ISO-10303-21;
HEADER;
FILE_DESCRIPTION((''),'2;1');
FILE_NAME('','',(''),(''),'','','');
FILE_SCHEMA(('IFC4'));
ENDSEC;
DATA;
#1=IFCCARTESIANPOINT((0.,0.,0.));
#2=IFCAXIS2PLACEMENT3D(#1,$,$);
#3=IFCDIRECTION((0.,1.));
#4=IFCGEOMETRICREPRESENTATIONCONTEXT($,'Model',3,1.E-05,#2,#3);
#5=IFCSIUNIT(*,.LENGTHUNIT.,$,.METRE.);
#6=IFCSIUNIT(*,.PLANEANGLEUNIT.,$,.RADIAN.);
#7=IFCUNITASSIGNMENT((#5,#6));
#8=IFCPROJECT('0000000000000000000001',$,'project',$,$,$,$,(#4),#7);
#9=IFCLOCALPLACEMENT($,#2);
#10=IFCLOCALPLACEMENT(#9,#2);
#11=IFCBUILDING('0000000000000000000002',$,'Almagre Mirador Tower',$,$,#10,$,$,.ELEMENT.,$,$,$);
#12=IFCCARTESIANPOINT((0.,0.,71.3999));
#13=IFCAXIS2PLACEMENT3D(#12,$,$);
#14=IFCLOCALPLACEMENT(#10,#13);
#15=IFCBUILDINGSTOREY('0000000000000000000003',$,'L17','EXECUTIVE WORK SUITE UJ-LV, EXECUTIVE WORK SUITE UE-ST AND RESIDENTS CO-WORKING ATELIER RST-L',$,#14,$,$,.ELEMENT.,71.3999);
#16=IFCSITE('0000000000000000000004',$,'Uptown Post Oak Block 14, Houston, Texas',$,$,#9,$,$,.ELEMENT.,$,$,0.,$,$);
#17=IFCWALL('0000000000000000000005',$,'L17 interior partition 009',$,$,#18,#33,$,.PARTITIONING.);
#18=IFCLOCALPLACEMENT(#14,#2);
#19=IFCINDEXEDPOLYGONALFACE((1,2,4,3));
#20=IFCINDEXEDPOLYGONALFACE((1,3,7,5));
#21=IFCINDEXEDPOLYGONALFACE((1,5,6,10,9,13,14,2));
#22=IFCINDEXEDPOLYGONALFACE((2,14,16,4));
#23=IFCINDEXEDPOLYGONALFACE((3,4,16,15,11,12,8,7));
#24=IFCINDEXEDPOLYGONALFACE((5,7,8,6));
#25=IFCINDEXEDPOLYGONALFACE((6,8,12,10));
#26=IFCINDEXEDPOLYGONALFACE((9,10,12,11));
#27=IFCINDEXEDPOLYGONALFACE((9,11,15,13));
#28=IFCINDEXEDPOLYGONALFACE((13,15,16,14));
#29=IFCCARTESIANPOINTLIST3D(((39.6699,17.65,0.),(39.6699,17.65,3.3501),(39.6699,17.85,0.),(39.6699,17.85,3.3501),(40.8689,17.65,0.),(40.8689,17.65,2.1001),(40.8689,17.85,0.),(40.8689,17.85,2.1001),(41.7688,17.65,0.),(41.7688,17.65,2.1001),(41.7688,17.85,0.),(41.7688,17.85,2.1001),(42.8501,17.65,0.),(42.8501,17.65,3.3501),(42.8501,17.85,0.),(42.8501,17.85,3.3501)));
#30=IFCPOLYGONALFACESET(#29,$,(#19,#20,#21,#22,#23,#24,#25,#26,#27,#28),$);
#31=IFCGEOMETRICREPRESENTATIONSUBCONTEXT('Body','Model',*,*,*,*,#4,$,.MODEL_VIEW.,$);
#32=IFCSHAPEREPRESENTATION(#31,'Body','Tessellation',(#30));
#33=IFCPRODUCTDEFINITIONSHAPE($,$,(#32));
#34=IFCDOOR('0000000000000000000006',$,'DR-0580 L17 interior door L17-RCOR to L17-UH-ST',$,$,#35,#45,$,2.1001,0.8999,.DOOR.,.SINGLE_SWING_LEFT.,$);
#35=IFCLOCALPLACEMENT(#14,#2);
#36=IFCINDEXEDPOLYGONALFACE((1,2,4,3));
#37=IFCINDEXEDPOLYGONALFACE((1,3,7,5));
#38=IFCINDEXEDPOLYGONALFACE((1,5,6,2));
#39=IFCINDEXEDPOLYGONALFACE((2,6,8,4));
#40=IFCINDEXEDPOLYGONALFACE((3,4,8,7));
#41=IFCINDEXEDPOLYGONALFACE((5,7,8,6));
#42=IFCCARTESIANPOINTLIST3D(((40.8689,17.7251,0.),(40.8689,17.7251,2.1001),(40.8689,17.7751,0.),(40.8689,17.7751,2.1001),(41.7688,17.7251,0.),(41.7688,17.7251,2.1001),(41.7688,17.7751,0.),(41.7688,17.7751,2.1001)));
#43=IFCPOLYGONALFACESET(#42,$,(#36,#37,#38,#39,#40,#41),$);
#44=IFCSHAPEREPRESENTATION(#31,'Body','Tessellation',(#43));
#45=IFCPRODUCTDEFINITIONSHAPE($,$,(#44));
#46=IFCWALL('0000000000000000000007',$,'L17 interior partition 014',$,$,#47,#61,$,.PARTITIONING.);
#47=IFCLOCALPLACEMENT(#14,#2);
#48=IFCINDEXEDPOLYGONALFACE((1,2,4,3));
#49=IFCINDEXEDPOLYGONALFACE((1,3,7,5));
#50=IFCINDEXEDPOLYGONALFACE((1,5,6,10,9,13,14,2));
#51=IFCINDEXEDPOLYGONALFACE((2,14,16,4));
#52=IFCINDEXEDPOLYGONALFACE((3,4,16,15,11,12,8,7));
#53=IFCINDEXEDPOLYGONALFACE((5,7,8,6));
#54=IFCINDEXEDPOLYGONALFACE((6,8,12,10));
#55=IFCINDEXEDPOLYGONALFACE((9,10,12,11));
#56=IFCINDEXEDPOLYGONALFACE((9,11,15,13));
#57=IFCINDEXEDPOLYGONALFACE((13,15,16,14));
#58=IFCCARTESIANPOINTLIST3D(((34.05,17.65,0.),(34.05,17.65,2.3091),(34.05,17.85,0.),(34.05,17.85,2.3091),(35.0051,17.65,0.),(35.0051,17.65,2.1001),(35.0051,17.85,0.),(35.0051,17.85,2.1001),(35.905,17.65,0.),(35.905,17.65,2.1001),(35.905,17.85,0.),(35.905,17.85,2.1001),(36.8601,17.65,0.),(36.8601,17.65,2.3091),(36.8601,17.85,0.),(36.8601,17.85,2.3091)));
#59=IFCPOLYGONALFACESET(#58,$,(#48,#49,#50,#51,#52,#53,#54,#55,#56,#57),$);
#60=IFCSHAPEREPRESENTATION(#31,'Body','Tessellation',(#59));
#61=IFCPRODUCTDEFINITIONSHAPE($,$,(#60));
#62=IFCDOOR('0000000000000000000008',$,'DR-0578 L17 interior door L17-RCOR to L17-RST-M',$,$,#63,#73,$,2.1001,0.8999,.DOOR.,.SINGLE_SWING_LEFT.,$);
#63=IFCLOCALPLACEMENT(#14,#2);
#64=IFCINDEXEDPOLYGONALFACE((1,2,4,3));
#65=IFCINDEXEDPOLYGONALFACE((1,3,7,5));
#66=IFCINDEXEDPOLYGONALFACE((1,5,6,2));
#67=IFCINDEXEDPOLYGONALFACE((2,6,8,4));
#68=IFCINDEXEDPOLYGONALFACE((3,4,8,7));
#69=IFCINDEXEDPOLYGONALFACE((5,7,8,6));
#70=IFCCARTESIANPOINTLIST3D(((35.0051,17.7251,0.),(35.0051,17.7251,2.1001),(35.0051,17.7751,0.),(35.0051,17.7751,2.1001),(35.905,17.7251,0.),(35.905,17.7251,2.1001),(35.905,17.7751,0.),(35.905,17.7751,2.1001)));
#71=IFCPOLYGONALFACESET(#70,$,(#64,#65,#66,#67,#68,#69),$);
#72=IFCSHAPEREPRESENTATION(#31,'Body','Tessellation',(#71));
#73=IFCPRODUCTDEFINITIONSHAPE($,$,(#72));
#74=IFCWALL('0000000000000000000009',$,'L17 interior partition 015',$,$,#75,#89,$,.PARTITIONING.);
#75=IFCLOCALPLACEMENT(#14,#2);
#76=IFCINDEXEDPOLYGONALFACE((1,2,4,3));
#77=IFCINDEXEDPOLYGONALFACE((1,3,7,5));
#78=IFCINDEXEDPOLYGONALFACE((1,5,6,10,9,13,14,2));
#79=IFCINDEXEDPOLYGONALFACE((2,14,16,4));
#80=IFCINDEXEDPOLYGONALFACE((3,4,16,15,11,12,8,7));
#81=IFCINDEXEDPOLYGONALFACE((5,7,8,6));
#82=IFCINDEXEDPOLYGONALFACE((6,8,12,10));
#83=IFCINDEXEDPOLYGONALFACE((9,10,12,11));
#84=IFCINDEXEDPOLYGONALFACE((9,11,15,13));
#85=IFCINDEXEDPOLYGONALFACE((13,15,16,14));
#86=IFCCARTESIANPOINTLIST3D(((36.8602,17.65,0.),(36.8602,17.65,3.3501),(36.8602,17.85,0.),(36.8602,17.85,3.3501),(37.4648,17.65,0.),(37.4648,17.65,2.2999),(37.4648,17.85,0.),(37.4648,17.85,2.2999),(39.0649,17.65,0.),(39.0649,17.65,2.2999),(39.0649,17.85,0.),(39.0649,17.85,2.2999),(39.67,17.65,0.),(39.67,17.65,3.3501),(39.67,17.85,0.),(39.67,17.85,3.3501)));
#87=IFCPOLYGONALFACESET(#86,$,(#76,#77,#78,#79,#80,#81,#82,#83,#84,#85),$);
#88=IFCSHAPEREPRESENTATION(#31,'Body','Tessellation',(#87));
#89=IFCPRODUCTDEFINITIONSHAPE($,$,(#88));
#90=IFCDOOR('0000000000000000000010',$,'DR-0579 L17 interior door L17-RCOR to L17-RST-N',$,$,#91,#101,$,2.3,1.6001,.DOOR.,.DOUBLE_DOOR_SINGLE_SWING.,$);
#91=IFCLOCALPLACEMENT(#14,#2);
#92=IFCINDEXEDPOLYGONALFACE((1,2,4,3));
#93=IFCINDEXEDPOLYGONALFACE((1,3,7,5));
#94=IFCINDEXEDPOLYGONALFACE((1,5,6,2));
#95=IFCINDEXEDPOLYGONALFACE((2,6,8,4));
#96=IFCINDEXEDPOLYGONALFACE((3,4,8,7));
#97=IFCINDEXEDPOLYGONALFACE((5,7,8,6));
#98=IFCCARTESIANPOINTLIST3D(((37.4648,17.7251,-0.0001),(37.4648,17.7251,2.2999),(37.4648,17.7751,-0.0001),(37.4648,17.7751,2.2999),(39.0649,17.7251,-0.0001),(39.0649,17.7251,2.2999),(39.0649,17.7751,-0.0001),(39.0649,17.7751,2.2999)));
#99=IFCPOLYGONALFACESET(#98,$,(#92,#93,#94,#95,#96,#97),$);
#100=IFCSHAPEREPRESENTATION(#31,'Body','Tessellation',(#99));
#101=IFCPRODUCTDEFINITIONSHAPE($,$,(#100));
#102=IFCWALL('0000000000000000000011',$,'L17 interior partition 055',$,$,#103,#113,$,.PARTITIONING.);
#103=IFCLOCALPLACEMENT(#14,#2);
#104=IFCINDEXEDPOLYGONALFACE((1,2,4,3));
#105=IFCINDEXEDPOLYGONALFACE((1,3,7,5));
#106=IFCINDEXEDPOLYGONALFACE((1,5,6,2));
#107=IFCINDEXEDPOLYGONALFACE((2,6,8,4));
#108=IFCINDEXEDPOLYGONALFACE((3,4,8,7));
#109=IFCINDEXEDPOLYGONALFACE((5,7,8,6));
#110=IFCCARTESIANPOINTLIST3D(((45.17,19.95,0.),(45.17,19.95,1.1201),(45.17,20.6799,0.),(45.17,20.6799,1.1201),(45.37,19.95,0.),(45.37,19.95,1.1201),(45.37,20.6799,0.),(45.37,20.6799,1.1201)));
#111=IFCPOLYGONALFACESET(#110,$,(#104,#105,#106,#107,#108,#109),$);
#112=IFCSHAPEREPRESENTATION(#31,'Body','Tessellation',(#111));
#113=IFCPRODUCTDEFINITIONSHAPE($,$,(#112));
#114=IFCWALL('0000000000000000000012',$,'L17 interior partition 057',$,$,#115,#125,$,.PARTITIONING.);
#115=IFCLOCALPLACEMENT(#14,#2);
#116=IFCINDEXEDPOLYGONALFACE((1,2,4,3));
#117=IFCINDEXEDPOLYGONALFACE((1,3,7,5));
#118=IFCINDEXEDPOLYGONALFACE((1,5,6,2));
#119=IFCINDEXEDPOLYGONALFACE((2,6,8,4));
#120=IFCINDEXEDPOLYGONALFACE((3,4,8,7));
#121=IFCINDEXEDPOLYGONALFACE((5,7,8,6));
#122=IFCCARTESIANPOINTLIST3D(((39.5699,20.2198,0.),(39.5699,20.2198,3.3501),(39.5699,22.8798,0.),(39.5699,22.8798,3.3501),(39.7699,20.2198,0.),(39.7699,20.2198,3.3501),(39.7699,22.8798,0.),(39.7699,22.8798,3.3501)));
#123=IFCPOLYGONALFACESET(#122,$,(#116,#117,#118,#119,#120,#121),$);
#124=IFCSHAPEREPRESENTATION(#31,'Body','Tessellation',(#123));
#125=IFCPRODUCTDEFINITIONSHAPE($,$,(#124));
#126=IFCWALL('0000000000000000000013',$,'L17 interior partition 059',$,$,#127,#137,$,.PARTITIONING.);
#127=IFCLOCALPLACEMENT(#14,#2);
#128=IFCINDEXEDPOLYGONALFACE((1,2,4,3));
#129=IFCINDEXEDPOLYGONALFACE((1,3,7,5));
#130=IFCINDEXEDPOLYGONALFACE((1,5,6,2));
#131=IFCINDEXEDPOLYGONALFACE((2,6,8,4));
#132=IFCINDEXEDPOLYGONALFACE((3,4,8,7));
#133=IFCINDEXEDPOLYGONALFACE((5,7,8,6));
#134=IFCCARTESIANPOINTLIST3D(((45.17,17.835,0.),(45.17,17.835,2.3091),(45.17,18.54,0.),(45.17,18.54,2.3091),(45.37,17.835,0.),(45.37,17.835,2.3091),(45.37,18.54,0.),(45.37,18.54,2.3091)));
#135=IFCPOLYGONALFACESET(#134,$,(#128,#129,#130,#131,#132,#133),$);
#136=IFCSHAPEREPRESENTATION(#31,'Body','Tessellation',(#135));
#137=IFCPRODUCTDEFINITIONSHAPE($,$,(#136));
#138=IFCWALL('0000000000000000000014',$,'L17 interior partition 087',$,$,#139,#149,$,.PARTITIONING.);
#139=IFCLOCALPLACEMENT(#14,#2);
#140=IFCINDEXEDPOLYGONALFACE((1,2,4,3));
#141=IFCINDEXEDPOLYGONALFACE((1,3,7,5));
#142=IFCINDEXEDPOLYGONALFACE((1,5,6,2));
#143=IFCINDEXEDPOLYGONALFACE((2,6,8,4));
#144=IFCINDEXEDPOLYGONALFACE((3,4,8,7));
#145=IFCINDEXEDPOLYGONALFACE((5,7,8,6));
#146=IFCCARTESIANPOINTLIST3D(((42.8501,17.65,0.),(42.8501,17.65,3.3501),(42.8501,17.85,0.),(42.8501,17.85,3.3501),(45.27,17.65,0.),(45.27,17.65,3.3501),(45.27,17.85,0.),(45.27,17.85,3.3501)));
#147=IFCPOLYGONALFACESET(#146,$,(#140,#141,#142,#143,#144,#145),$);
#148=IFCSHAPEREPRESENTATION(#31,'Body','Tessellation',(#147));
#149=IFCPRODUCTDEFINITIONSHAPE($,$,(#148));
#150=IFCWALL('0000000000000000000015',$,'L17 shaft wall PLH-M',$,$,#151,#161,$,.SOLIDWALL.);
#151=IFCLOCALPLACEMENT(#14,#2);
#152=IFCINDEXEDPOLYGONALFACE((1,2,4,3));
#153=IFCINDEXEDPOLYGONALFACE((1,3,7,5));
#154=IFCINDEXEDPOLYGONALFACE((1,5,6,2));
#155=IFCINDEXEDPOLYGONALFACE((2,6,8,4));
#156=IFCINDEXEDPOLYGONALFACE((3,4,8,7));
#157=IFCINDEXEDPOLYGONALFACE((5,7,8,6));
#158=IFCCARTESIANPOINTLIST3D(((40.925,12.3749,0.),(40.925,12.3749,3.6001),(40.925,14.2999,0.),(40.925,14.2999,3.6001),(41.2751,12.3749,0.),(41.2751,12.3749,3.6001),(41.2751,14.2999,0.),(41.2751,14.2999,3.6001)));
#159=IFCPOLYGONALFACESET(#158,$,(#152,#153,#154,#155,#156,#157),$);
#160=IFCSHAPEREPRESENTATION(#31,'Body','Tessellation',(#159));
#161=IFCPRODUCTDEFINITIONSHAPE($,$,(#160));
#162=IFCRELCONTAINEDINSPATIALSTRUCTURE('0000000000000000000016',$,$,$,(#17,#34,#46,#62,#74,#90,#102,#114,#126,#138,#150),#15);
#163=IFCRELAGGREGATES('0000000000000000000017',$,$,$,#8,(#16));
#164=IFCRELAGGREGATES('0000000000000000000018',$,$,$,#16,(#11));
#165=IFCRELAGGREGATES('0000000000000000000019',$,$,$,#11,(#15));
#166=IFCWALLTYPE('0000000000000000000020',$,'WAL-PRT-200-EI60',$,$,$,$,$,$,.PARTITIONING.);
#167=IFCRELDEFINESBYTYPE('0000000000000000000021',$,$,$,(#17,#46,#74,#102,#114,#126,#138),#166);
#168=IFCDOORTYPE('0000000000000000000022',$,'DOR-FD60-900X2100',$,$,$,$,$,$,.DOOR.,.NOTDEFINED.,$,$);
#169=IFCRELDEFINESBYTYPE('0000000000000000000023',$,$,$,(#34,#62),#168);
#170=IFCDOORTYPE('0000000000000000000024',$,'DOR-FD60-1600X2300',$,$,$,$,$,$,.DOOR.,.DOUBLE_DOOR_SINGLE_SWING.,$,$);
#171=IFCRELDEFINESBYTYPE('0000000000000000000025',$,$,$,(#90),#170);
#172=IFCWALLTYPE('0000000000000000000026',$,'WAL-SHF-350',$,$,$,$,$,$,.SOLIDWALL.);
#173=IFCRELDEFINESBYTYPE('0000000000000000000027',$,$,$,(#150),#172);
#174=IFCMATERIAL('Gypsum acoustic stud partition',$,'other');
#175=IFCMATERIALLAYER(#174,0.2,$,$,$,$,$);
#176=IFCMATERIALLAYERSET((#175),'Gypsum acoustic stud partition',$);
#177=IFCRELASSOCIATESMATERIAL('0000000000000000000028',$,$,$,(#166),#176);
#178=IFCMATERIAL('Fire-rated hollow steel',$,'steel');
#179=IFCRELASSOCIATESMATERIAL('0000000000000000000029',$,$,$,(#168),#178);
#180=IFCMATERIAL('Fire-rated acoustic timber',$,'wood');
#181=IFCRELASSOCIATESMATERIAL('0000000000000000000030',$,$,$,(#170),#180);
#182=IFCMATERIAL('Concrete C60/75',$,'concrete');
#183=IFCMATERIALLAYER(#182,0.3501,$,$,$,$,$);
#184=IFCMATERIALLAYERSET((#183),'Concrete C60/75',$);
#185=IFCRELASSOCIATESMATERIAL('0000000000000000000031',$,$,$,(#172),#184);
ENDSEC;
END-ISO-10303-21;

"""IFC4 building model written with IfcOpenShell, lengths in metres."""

from ifc_helpers import new_model, si_unit, direction, frame, frame_2d, origin, place, context, subcontext, project, spatial, rectangle, extrude, material, layer, layer_set, type_object, element, fill, save


model = new_model("IFC4")

# Units and contexts
model_context = context("Model", 3, precision=1e-05, world=origin(), true_north=direction((0.0, 1.0)))
body_context = subcontext(model_context, "Body", "Model", "MODEL_VIEW")
ifc_project = project(units=[si_unit("LENGTHUNIT", "METRE"), si_unit("PLANEANGLEUNIT", "RADIAN")], contexts=[model_context])

# Site, building, storey
site_placement = place(None, origin())
site = spatial("IfcSite", under=ifc_project, at=site_placement, Name="Uptown Post Oak Block 14, Houston, Texas", CompositionType="ELEMENT", RefElevation=0.0)
building_placement = place(site_placement, origin())
building = spatial("IfcBuilding", under=site, at=building_placement, Name="Almagre Mirador Tower", CompositionType="ELEMENT")
storey_placement = place(building_placement, frame((0.0, 0.0, 71.3999)))
storey = spatial("IfcBuildingStorey", under=building, at=storey_placement, Name="L17", Description="EXECUTIVE WORK SUITE UJ-LV, EXECUTIVE WORK SUITE UE-ST AND RESIDENTS CO-WORKING ATELIER RST-L", CompositionType="ELEMENT", Elevation=71.3999)

# Walls, openings, doors
ifc_material_1 = material(Name="Gypsum acoustic stud partition", Category="other")
ifc_layer_1 = layer(ifc_material_1, 0.2)
ifc_layer_set_1 = layer_set([ifc_layer_1], Name="Gypsum acoustic stud partition")
wall_type_1 = type_object("IfcWallType", Name="WAL-PRT-200-EI60", PredefinedType="PARTITIONING", material=ifc_layer_set_1)
wall_1_placement = place(storey_placement, frame((42.8501, 17.75, 0.0), z_axis=(0.0, 0.0, 1.0), x_axis=(-1.0, 0.0, 0.0)))
wall_1 = element("IfcWall", 1, at=wall_1_placement, inside=storey, type_object=wall_type_1, Name="L17 interior partition 009", PredefinedType="PARTITIONING", context=body_context, shape_type="SweptSolid", body=[
    extrude(rectangle(XDim=3.1802, YDim=0.2, at=frame_2d((1.5901, 0.0))), origin(), (0.0, 0.0, 1.0), 3.3501),
])
opening_1_placement = place(wall_1_placement, frame((1.0813, 0.0, 0.0)))
opening_1 = element("IfcOpeningElement", 2, at=opening_1_placement, cuts=wall_1, PredefinedType="OPENING", context=body_context, shape_type="SweptSolid", body=[
    extrude(rectangle(XDim=0.8999, YDim=2.1001, at=frame_2d((0.45, 1.05))), frame((0.0, 0.1101, 0.0), z_axis=(0.0, -1.0, 0.0), x_axis=(1.0, 0.0, 0.0)), (0.0, 0.0, 1.0), 0.22),
])
ifc_material_2 = material(Name="Fire-rated hollow steel", Category="steel")
door_type_1 = type_object("IfcDoorType", Name="DOR-FD60-900X2100", OperationType="NOTDEFINED", PredefinedType="DOOR", material=ifc_material_2)
door_1_placement = place(opening_1_placement, origin())
door_1 = element("IfcDoor", 3, at=door_1_placement, inside=storey, type_object=door_type_1, Name="DR-0580 L17 interior door L17-RCOR to L17-UH-ST", OperationType="SINGLE_SWING_LEFT", OverallHeight=2.1001, OverallWidth=0.8999, PredefinedType="DOOR", context=body_context, shape_type="SweptSolid", body=[
    extrude(rectangle(XDim=0.8999, YDim=2.1001, at=frame_2d((0.45, 1.05))), frame((0.0, 0.0249, 0.0), z_axis=(0.0, -1.0, 0.0), x_axis=(1.0, 0.0, 0.0)), (0.0, 0.0, 1.0), 0.05),
])
fill(opening_1, door_1)
wall_2_placement = place(storey_placement, frame((36.8601, 17.75, 0.0), z_axis=(0.0, 0.0, 1.0), x_axis=(-1.0, 0.0, 0.0)))
wall_2 = element("IfcWall", 4, at=wall_2_placement, inside=storey, type_object=wall_type_1, Name="L17 interior partition 014", PredefinedType="PARTITIONING", context=body_context, shape_type="SweptSolid", body=[
    extrude(rectangle(XDim=2.8101, YDim=0.2, at=frame_2d((1.405, 0.0))), origin(), (0.0, 0.0, 1.0), 2.3091),
])
opening_2_placement = place(wall_2_placement, frame((0.9551, 0.0, 0.0)))
opening_2 = element("IfcOpeningElement", 5, at=opening_2_placement, cuts=wall_2, PredefinedType="OPENING", context=body_context, shape_type="SweptSolid", body=[
    extrude(rectangle(XDim=0.8999, YDim=2.1001, at=frame_2d((0.45, 1.05))), frame((0.0, 0.1101, 0.0), z_axis=(0.0, -1.0, 0.0), x_axis=(1.0, 0.0, 0.0)), (0.0, 0.0, 1.0), 0.22),
])
door_2_placement = place(opening_2_placement, origin())
door_2 = element("IfcDoor", 6, at=door_2_placement, inside=storey, type_object=door_type_1, Name="DR-0578 L17 interior door L17-RCOR to L17-RST-M", OperationType="SINGLE_SWING_LEFT", OverallHeight=2.1001, OverallWidth=0.8999, PredefinedType="DOOR", context=body_context, shape_type="SweptSolid", body=[
    extrude(rectangle(XDim=0.8999, YDim=2.1001, at=frame_2d((0.45, 1.05))), frame((0.0, 0.0249, 0.0), z_axis=(0.0, -1.0, 0.0), x_axis=(1.0, 0.0, 0.0)), (0.0, 0.0, 1.0), 0.05),
])
fill(opening_2, door_2)
wall_3_placement = place(storey_placement, frame((39.6699, 17.75, 0.0), z_axis=(0.0, 0.0, 1.0), x_axis=(-1.0, 0.0, 0.0)))
wall_3 = element("IfcWall", 7, at=wall_3_placement, inside=storey, type_object=wall_type_1, Name="L17 interior partition 015", PredefinedType="PARTITIONING", context=body_context, shape_type="SweptSolid", body=[
    extrude(rectangle(XDim=2.8098, YDim=0.2, at=frame_2d((1.4048, 0.0))), origin(), (0.0, 0.0, 1.0), 3.3501),
])
opening_3_placement = place(wall_3_placement, frame((0.605, 0.0, 0.0)))
opening_3 = element("IfcOpeningElement", 8, at=opening_3_placement, cuts=wall_3, PredefinedType="OPENING", context=body_context, shape_type="SweptSolid", body=[
    extrude(rectangle(XDim=1.6001, YDim=2.3, at=frame_2d((0.8, 1.1499))), frame((0.0, 0.1101, 0.0), z_axis=(0.0, -1.0, 0.0), x_axis=(1.0, 0.0, 0.0)), (0.0, 0.0, 1.0), 0.22),
])
ifc_material_3 = material(Name="Fire-rated acoustic timber", Category="wood")
door_type_2 = type_object("IfcDoorType", Name="DOR-FD60-1600X2300", OperationType="DOUBLE_DOOR_SINGLE_SWING", PredefinedType="DOOR", material=ifc_material_3)
door_3_placement = place(opening_3_placement, origin())
door_3 = element("IfcDoor", 9, at=door_3_placement, inside=storey, type_object=door_type_2, Name="DR-0579 L17 interior door L17-RCOR to L17-RST-N", OperationType="DOUBLE_DOOR_SINGLE_SWING", OverallHeight=2.3, OverallWidth=1.6001, PredefinedType="DOOR", context=body_context, shape_type="SweptSolid", body=[
    extrude(rectangle(XDim=1.6001, YDim=2.3, at=frame_2d((0.8, 1.1499))), frame((0.0, 0.0249, 0.0), z_axis=(0.0, -1.0, 0.0), x_axis=(1.0, 0.0, 0.0)), (0.0, 0.0, 1.0), 0.05),
])
fill(opening_3, door_3)

# Walls
wall_4_placement = place(storey_placement, frame((45.27, 19.95, 0.0), z_axis=(0.0, 0.0, 1.0), x_axis=(0.0, 1.0, 0.0)))
element("IfcWall", 10, at=wall_4_placement, inside=storey, type_object=wall_type_1, Name="L17 interior partition 055", PredefinedType="PARTITIONING", context=body_context, shape_type="SweptSolid", body=[
    extrude(rectangle(XDim=0.73, YDim=0.2, at=frame_2d((0.365, 0.0))), origin(), (0.0, 0.0, 1.0), 1.1201),
])
wall_5_placement = place(storey_placement, frame((39.6699, 22.8799, 0.0), z_axis=(0.0, 0.0, 1.0), x_axis=(0.0, -1.0, 0.0)))
element("IfcWall", 11, at=wall_5_placement, inside=storey, type_object=wall_type_1, Name="L17 interior partition 057", PredefinedType="PARTITIONING", context=body_context, shape_type="SweptSolid", body=[
    extrude(rectangle(XDim=2.6599, YDim=0.2, at=frame_2d((1.3301, 0.0))), origin(), (0.0, 0.0, 1.0), 3.3501),
])
wall_6_placement = place(storey_placement, frame((45.27, 17.835, 0.0), z_axis=(0.0, 0.0, 1.0), x_axis=(0.0, 1.0, 0.0)))
element("IfcWall", 12, at=wall_6_placement, inside=storey, type_object=wall_type_1, Name="L17 interior partition 059", PredefinedType="PARTITIONING", context=body_context, shape_type="SweptSolid", body=[
    extrude(rectangle(XDim=0.7051, YDim=0.2, at=frame_2d((0.3525, 0.0))), origin(), (0.0, 0.0, 1.0), 2.3091),
])
wall_7_placement = place(storey_placement, frame((45.27, 17.75, 0.0), z_axis=(0.0, 0.0, 1.0), x_axis=(-1.0, 0.0, 0.0)))
element("IfcWall", 13, at=wall_7_placement, inside=storey, type_object=wall_type_1, Name="L17 interior partition 087", PredefinedType="PARTITIONING", context=body_context, shape_type="SweptSolid", body=[
    extrude(rectangle(XDim=2.4199, YDim=0.2, at=frame_2d((1.21, 0.0))), origin(), (0.0, 0.0, 1.0), 3.3501),
])
ifc_material_4 = material(Name="Concrete C60/75", Category="concrete")
ifc_layer_2 = layer(ifc_material_4, 0.3501)
ifc_layer_set_2 = layer_set([ifc_layer_2], Name="Concrete C60/75")
wall_type_2 = type_object("IfcWallType", Name="WAL-SHF-350", PredefinedType="SOLIDWALL", material=ifc_layer_set_2)
wall_8_placement = place(storey_placement, frame((41.1001, 12.375, 0.0), z_axis=(0.0, 0.0, 1.0), x_axis=(0.0, 1.0, 0.0)))
element("IfcWall", 14, at=wall_8_placement, inside=storey, type_object=wall_type_2, Name="L17 shaft wall PLH-M", PredefinedType="SOLIDWALL", context=body_context, shape_type="SweptSolid", body=[
    extrude(rectangle(XDim=1.925, YDim=0.3501, at=frame_2d((0.9624, 0.0))), origin(), (0.0, 0.0, 1.0), 3.6001),
])

save(model, "model.ifc")
